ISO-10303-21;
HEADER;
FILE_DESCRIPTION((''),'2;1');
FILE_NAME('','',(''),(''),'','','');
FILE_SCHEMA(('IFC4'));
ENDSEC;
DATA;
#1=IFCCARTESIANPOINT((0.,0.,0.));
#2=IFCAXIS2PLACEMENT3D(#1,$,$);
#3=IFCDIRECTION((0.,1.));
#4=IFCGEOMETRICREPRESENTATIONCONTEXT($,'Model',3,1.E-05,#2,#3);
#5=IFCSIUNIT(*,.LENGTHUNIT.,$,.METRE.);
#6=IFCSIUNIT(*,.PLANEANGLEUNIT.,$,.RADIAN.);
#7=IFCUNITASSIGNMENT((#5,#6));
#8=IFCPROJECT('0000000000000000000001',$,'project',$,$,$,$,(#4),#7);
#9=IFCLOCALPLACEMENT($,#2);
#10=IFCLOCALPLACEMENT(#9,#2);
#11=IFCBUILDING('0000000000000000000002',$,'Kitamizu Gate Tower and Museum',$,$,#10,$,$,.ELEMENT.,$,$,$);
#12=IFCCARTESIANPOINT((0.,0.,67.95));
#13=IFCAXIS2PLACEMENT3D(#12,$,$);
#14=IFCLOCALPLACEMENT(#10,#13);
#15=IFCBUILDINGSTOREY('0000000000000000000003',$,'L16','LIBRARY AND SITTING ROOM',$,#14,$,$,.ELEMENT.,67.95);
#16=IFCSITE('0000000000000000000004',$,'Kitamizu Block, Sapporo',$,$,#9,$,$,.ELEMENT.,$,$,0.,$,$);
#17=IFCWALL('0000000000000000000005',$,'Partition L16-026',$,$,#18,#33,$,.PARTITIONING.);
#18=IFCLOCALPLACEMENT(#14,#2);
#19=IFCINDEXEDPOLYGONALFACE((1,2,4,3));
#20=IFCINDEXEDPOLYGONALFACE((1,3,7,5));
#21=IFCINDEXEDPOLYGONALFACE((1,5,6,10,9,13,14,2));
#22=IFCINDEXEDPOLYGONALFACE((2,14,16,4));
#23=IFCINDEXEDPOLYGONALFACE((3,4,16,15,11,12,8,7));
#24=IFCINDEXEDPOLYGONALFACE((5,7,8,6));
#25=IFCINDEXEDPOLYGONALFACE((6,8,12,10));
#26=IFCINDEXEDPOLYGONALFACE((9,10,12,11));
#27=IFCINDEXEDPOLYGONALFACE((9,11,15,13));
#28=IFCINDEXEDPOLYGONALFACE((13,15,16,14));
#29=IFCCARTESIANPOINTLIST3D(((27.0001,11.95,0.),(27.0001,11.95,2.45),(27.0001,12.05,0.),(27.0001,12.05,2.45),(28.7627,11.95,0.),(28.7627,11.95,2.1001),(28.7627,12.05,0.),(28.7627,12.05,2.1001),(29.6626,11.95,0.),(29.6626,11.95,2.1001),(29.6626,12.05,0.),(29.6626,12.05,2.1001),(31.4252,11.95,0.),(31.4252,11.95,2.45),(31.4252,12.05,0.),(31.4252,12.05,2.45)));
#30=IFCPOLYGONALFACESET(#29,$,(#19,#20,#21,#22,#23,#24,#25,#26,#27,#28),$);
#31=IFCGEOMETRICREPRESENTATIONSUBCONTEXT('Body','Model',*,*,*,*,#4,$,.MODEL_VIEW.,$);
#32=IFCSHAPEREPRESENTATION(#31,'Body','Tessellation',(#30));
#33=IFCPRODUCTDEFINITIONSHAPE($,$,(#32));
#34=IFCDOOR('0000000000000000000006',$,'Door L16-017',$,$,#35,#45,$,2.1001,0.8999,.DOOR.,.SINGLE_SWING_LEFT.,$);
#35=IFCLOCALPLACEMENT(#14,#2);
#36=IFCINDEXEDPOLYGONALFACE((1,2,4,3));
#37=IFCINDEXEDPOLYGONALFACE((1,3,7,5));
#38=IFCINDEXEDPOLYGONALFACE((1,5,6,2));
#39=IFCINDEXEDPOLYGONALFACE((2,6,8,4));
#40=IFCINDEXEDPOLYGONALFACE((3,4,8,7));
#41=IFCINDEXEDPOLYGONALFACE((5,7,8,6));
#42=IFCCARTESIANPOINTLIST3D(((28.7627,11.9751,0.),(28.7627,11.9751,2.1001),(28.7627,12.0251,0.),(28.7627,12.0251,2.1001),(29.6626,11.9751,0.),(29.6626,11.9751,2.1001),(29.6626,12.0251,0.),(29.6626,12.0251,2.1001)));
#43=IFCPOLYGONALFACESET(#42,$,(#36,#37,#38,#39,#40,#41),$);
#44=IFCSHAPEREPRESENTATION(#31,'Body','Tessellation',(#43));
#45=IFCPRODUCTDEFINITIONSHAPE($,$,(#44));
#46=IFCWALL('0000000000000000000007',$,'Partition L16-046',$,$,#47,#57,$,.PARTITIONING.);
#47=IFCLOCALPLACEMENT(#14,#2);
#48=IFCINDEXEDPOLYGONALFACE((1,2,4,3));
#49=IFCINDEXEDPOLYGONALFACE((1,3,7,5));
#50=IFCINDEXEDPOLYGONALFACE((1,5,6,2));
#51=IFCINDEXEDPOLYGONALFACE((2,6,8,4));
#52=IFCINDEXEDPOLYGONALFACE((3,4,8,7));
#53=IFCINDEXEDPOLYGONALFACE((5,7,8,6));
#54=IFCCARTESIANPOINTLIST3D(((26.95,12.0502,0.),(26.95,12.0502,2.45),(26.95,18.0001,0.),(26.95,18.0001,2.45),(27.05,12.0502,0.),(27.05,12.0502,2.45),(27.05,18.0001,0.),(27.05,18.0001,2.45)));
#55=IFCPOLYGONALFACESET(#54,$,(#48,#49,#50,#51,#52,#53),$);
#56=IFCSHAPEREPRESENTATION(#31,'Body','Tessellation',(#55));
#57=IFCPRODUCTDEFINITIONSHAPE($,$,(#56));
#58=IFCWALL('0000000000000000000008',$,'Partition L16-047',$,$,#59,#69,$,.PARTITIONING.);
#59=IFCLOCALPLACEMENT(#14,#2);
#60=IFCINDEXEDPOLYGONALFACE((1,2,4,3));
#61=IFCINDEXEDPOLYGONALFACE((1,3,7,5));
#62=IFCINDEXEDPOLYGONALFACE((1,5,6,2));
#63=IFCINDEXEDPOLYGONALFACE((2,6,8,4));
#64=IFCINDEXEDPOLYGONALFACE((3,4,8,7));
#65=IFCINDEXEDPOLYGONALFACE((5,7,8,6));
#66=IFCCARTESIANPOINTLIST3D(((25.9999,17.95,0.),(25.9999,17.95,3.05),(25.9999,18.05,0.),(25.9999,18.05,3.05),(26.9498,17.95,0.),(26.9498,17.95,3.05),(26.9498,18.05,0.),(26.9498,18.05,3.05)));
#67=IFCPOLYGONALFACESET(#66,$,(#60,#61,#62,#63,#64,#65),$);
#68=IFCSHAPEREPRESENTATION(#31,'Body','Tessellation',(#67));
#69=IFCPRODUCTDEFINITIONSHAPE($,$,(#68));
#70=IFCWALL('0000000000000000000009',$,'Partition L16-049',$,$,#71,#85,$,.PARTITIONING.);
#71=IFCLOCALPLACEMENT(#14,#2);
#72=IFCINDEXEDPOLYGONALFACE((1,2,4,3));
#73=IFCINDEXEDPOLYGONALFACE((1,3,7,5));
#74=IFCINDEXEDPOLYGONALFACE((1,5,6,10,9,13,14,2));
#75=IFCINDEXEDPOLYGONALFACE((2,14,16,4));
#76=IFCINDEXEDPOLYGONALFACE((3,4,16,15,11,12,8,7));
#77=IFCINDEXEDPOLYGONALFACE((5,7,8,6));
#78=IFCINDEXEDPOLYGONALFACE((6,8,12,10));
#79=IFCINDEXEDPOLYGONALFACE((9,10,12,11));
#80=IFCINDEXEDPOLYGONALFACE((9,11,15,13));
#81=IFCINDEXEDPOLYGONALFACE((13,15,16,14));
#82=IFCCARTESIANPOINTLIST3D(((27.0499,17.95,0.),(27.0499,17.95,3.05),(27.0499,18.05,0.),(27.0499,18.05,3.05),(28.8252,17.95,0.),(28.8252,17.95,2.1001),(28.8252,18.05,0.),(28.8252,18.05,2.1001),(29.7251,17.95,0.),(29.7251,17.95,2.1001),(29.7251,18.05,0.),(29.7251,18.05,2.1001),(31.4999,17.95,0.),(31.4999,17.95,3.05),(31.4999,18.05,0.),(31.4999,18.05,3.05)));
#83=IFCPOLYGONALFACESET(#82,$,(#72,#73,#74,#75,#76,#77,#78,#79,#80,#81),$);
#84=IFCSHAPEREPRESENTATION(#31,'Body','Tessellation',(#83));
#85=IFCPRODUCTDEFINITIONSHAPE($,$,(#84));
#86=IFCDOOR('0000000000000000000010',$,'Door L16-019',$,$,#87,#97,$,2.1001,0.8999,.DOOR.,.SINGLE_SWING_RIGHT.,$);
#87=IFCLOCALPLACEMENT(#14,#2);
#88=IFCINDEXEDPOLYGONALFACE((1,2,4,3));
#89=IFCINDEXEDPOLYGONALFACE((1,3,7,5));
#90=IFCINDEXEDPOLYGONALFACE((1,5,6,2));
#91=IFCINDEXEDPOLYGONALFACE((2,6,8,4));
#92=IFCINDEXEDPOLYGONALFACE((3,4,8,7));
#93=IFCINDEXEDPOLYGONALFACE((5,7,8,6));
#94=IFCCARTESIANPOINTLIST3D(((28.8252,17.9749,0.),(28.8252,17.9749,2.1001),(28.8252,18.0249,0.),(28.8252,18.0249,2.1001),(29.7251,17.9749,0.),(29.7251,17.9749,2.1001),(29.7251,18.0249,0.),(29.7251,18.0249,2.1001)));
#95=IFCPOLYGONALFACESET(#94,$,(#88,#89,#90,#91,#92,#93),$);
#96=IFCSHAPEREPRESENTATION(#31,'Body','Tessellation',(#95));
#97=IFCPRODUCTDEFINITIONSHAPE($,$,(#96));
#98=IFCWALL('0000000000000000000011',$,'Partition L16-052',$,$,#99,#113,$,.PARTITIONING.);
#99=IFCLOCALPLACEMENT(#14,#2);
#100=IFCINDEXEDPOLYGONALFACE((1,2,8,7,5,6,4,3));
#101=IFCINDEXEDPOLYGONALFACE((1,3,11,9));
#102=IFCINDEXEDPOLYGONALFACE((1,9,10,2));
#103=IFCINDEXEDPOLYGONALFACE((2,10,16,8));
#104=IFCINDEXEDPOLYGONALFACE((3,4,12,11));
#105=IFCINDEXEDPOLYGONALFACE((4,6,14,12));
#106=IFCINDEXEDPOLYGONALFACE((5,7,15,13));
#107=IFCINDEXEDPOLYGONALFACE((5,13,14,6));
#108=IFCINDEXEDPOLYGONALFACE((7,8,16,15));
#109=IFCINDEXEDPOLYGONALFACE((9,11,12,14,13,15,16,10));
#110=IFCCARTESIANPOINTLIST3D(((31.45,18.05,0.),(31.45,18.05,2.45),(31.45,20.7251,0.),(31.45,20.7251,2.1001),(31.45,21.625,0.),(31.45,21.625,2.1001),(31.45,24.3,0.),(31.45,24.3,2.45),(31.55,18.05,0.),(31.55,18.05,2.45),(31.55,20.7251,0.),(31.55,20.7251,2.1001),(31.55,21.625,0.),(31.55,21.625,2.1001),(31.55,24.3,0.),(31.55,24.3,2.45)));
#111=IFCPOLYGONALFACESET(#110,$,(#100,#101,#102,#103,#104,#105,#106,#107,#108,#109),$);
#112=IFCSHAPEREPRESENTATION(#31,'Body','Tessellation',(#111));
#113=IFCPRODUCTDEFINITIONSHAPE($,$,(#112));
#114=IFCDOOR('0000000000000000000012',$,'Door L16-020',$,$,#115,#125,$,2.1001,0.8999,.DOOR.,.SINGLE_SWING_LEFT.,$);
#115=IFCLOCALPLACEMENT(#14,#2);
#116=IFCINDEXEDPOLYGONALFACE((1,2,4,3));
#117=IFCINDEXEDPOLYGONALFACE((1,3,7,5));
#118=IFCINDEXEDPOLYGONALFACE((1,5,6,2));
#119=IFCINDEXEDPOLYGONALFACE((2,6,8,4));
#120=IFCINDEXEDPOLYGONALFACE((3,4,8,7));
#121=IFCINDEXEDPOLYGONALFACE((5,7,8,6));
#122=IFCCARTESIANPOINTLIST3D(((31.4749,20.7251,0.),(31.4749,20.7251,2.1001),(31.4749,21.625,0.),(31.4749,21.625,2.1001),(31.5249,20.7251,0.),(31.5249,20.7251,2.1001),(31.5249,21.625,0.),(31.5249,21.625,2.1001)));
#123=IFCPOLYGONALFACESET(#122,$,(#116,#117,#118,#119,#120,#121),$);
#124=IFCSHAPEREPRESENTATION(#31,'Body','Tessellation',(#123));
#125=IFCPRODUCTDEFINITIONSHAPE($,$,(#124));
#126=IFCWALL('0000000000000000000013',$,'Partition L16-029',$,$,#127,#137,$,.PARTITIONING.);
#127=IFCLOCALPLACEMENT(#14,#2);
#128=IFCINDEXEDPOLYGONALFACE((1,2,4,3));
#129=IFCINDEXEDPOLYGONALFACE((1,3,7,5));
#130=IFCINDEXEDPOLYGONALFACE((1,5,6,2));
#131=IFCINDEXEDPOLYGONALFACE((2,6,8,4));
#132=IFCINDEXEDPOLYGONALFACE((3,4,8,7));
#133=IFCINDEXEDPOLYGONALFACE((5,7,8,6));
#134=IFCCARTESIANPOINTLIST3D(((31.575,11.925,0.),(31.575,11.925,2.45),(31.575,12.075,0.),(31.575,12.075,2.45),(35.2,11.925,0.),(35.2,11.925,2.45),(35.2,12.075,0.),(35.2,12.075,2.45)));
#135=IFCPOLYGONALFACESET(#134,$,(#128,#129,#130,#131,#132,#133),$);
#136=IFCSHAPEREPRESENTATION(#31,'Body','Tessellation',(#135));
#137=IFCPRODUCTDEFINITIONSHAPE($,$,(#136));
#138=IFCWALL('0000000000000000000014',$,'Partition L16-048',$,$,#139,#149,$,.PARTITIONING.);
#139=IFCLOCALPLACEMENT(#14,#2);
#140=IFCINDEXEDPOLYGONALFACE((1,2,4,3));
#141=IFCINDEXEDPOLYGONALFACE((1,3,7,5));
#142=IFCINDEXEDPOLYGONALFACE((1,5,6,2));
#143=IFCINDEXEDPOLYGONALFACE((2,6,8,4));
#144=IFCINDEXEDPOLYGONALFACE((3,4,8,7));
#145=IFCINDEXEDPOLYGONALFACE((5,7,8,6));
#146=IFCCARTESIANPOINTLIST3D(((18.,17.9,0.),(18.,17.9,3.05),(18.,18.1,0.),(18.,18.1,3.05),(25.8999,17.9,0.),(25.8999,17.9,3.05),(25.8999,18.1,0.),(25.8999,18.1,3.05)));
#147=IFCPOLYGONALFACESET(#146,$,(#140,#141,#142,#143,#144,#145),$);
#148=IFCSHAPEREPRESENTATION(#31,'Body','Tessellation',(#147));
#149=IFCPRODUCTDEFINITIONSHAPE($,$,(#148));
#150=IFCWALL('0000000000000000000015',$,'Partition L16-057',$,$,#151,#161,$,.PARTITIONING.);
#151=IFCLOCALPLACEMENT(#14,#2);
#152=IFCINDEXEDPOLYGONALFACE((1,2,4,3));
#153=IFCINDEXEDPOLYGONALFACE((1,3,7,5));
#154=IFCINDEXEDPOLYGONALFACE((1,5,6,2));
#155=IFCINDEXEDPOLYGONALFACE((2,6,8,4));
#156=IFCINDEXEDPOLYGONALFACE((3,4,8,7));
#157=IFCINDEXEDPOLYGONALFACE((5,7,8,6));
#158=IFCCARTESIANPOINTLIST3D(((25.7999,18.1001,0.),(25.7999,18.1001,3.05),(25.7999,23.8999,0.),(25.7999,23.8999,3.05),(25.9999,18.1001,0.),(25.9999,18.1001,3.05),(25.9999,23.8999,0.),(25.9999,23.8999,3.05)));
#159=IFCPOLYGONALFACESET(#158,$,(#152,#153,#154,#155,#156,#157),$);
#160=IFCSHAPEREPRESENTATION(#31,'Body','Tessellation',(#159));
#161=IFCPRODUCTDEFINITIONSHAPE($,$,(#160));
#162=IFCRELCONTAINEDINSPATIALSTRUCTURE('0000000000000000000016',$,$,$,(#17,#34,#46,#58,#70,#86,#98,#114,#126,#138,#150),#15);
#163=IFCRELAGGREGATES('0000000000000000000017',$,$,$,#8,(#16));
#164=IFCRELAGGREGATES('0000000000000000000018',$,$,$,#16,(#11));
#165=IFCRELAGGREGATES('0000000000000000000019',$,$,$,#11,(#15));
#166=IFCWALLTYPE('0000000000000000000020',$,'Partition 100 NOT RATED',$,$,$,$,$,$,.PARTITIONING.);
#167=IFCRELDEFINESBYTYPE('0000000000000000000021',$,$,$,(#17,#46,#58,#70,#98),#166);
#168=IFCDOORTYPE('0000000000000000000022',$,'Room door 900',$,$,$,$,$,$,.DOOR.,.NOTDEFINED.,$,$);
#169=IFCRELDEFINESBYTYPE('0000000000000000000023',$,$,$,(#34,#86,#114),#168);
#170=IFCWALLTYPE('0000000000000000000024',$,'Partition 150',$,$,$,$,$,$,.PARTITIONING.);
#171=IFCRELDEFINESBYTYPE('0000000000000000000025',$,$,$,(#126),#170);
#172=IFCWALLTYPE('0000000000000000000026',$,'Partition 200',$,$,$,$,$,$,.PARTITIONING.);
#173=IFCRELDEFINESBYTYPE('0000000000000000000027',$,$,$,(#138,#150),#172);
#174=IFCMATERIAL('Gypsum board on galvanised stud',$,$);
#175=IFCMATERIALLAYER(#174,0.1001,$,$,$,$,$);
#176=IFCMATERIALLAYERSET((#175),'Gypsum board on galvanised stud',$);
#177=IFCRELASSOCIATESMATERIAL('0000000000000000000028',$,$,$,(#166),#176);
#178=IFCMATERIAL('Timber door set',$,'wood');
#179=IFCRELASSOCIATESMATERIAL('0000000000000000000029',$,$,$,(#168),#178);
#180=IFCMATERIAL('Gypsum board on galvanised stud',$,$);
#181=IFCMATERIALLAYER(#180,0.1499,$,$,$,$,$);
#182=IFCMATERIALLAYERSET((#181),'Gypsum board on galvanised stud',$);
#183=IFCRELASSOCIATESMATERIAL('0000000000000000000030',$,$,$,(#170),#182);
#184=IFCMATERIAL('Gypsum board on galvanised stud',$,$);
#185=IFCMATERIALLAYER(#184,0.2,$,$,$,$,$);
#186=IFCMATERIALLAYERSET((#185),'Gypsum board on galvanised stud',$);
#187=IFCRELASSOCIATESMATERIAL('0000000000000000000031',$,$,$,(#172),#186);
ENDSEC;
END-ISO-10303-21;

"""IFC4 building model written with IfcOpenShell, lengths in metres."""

from ifc_helpers import new_model, si_unit, direction, frame, frame_2d, origin, place, context, subcontext, project, spatial, rectangle, extrude, material, layer, layer_set, type_object, element, fill, save


model = new_model("IFC4")

# Units and contexts
model_context = context("Model", 3, precision=1e-05, world=origin(), true_north=direction((0.0, 1.0)))
body_context = subcontext(model_context, "Body", "Model", "MODEL_VIEW")
ifc_project = project(units=[si_unit("LENGTHUNIT", "METRE"), si_unit("PLANEANGLEUNIT", "RADIAN")], contexts=[model_context])

# Site, building, storey
site_placement = place(None, origin())
site = spatial("IfcSite", under=ifc_project, at=site_placement, Name="Kitamizu Block, Sapporo", CompositionType="ELEMENT", RefElevation=0.0)
building_placement = place(site_placement, origin())
building = spatial("IfcBuilding", under=site, at=building_placement, Name="Kitamizu Gate Tower and Museum", CompositionType="ELEMENT")
storey_placement = place(building_placement, frame((0.0, 0.0, 67.95)))
storey = spatial("IfcBuildingStorey", under=building, at=storey_placement, Name="L16", Description="LIBRARY AND SITTING ROOM", CompositionType="ELEMENT", Elevation=67.95)

# Shared definitions
ifc_material_1 = material(Name="Gypsum board on galvanised stud")
ifc_layer_1 = layer(ifc_material_1, 0.1001)
ifc_layer_set_1 = layer_set([ifc_layer_1], Name="Gypsum board on galvanised stud")
wall_type_1 = type_object("IfcWallType", Name="Partition 100 NOT RATED", PredefinedType="PARTITIONING", material=ifc_layer_set_1)

# Wall, opening, door
wall_1_placement = place(storey_placement, frame((31.425, 12.0, 0.0), z_axis=(0.0, 0.0, 1.0), x_axis=(-1.0, 0.0, 0.0)))
wall_1 = element("IfcWall", 1, at=wall_1_placement, inside=storey, type_object=wall_type_1, Name="Partition L16-026", PredefinedType="PARTITIONING", context=body_context, shape_type="SweptSolid", body=[
    extrude(rectangle(XDim=4.425, YDim=0.1001, at=frame_2d((2.2124, 0.0))), origin(), (0.0, 0.0, 1.0), 2.45),
])
opening_1_placement = place(wall_1_placement, frame((1.7625, 0.0, 0.0)))
opening_1 = element("IfcOpeningElement", 2, at=opening_1_placement, cuts=wall_1, PredefinedType="OPENING", context=body_context, shape_type="SweptSolid", body=[
    extrude(rectangle(XDim=0.8999, YDim=2.1001, at=frame_2d((0.45, 1.05))), frame((0.0, 0.0601, 0.0), z_axis=(0.0, -1.0, 0.0), x_axis=(1.0, 0.0, 0.0)), (0.0, 0.0, 1.0), 0.1201),
])
ifc_material_2 = material(Name="Timber door set", Category="wood")
door_type = type_object("IfcDoorType", Name="Room door 900", OperationType="NOTDEFINED", PredefinedType="DOOR", material=ifc_material_2)
door_1_placement = place(opening_1_placement, origin())
door_1 = element("IfcDoor", 3, at=door_1_placement, inside=storey, type_object=door_type, Name="Door L16-017", OperationType="SINGLE_SWING_LEFT", OverallHeight=2.1001, OverallWidth=0.8999, PredefinedType="DOOR", context=body_context, shape_type="SweptSolid", body=[
    extrude(rectangle(XDim=0.8999, YDim=2.1001, at=frame_2d((0.45, 1.05))), frame((0.0, 0.0249, 0.0), z_axis=(0.0, -1.0, 0.0), x_axis=(1.0, 0.0, 0.0)), (0.0, 0.0, 1.0), 0.05),
])
fill(opening_1, door_1)

# Walls
wall_2_placement = place(storey_placement, frame((27.0, 12.05, 0.0), z_axis=(0.0, 0.0, 1.0), x_axis=(0.0, 1.0, 0.0)))
element("IfcWall", 4, at=wall_2_placement, inside=storey, type_object=wall_type_1, Name="Partition L16-046", PredefinedType="PARTITIONING", context=body_context, shape_type="SweptSolid", body=[
    extrude(rectangle(XDim=5.95, YDim=0.1001, at=frame_2d((2.9751, 0.0))), origin(), (0.0, 0.0, 1.0), 2.45),
])
wall_3_placement = place(storey_placement, frame((26.95, 18.0, 0.0), z_axis=(0.0, 0.0, 1.0), x_axis=(-1.0, 0.0, 0.0)))
element("IfcWall", 5, at=wall_3_placement, inside=storey, type_object=wall_type_1, Name="Partition L16-047", PredefinedType="PARTITIONING", context=body_context, shape_type="SweptSolid", body=[
    extrude(rectangle(XDim=0.95, YDim=0.1001, at=frame_2d((0.4751, 0.0))), origin(), (0.0, 0.0, 1.0), 3.05),
])

# Walls, openings, doors
wall_4_placement = place(storey_placement, frame((31.5, 18.0, 0.0), z_axis=(0.0, 0.0, 1.0), x_axis=(-1.0, 0.0, 0.0)))
wall_4 = element("IfcWall", 6, at=wall_4_placement, inside=storey, type_object=wall_type_1, Name="Partition L16-049", PredefinedType="PARTITIONING", context=body_context, shape_type="SweptSolid", body=[
    extrude(rectangle(XDim=4.45, YDim=0.1001, at=frame_2d((2.2251, 0.0))), origin(), (0.0, 0.0, 1.0), 3.05),
])
opening_2_placement = place(wall_4_placement, frame((1.7749, 0.0, 0.0)))
opening_2 = element("IfcOpeningElement", 7, at=opening_2_placement, cuts=wall_4, PredefinedType="OPENING", context=body_context, shape_type="SweptSolid", body=[
    extrude(rectangle(XDim=0.8999, YDim=2.1001, at=frame_2d((0.45, 1.05))), frame((0.0, 0.0601, 0.0), z_axis=(0.0, -1.0, 0.0), x_axis=(1.0, 0.0, 0.0)), (0.0, 0.0, 1.0), 0.1201),
])
door_2_placement = place(opening_2_placement, frame((0.8999, 0.0, 0.0), x_axis=(-1.0, 0.0, 0.0)))
door_2 = element("IfcDoor", 8, at=door_2_placement, inside=storey, type_object=door_type, Name="Door L16-019", OperationType="SINGLE_SWING_RIGHT", OverallHeight=2.1001, OverallWidth=0.8999, PredefinedType="DOOR", context=body_context, shape_type="SweptSolid", body=[
    extrude(rectangle(XDim=0.8999, YDim=2.1001, at=frame_2d((0.45, 1.05))), frame((0.0, 0.0249, 0.0), z_axis=(0.0, -1.0, 0.0), x_axis=(1.0, 0.0, 0.0)), (0.0, 0.0, 1.0), 0.05),
])
fill(opening_2, door_2)
wall_5_placement = place(storey_placement, frame((31.5, 18.05, 0.0), z_axis=(0.0, 0.0, 1.0), x_axis=(0.0, 1.0, 0.0)))
wall_5 = element("IfcWall", 9, at=wall_5_placement, inside=storey, type_object=wall_type_1, Name="Partition L16-052", PredefinedType="PARTITIONING", context=body_context, shape_type="SweptSolid", body=[
    extrude(rectangle(XDim=6.25, YDim=0.1001, at=frame_2d((3.125, 0.0))), origin(), (0.0, 0.0, 1.0), 2.45),
])
opening_3_placement = place(wall_5_placement, frame((2.675, 0.0, 0.0)))
opening_3 = element("IfcOpeningElement", 10, at=opening_3_placement, cuts=wall_5, PredefinedType="OPENING", context=body_context, shape_type="SweptSolid", body=[
    extrude(rectangle(XDim=0.8999, YDim=2.1001, at=frame_2d((0.45, 1.05))), frame((0.0, 0.0601, 0.0), z_axis=(0.0, -1.0, 0.0), x_axis=(1.0, 0.0, 0.0)), (0.0, 0.0, 1.0), 0.1201),
])
door_3_placement = place(opening_3_placement, frame((0.8999, 0.0, 0.0), x_axis=(-1.0, 0.0, 0.0)))
door_3 = element("IfcDoor", 11, at=door_3_placement, inside=storey, type_object=door_type, Name="Door L16-020", OperationType="SINGLE_SWING_LEFT", OverallHeight=2.1001, OverallWidth=0.8999, PredefinedType="DOOR", context=body_context, shape_type="SweptSolid", body=[
    extrude(rectangle(XDim=0.8999, YDim=2.1001, at=frame_2d((0.45, 1.05))), frame((0.0, 0.0249, 0.0), z_axis=(0.0, -1.0, 0.0), x_axis=(1.0, 0.0, 0.0)), (0.0, 0.0, 1.0), 0.05),
])
fill(opening_3, door_3)

# Walls
ifc_material_3 = material(Name="Gypsum board on galvanised stud")
ifc_layer_2 = layer(ifc_material_3, 0.1499)
ifc_layer_set_2 = layer_set([ifc_layer_2], Name="Gypsum board on galvanised stud")
wall_type_2 = type_object("IfcWallType", Name="Partition 150", PredefinedType="PARTITIONING", material=ifc_layer_set_2)
wall_6_placement = place(storey_placement, frame((35.2, 12.0, 0.0), z_axis=(0.0, 0.0, 1.0), x_axis=(-1.0, 0.0, 0.0)))
element("IfcWall", 12, at=wall_6_placement, inside=storey, type_object=wall_type_2, Name="Partition L16-029", PredefinedType="PARTITIONING", context=body_context, shape_type="SweptSolid", body=[
    extrude(rectangle(XDim=3.625, YDim=0.1499, at=frame_2d((1.8125, 0.0))), origin(), (0.0, 0.0, 1.0), 2.45),
])
ifc_material_4 = material(Name="Gypsum board on galvanised stud")
ifc_layer_3 = layer(ifc_material_4, 0.2)
ifc_layer_set_3 = layer_set([ifc_layer_3], Name="Gypsum board on galvanised stud")
wall_type_3 = type_object("IfcWallType", Name="Partition 200", PredefinedType="PARTITIONING", material=ifc_layer_set_3)
wall_7_placement = place(storey_placement, frame((25.8999, 18.0, 0.0), z_axis=(0.0, 0.0, 1.0), x_axis=(-1.0, 0.0, 0.0)))
element("IfcWall", 13, at=wall_7_placement, inside=storey, type_object=wall_type_3, Name="Partition L16-048", PredefinedType="PARTITIONING", context=body_context, shape_type="SweptSolid", body=[
    extrude(rectangle(XDim=7.8999, YDim=0.2, at=frame_2d((3.95, 0.0))), origin(), (0.0, 0.0, 1.0), 3.05),
])
wall_8_placement = place(storey_placement, frame((25.8999, 23.8999, 0.0), z_axis=(0.0, 0.0, 1.0), x_axis=(0.0, -1.0, 0.0)))
element("IfcWall", 14, at=wall_8_placement, inside=storey, type_object=wall_type_3, Name="Partition L16-057", PredefinedType="PARTITIONING", context=body_context, shape_type="SweptSolid", body=[
    extrude(rectangle(XDim=5.7998, YDim=0.2, at=frame_2d((2.8999, 0.0))), origin(), (0.0, 0.0, 1.0), 3.05),
])

save(model, "model.ifc")
